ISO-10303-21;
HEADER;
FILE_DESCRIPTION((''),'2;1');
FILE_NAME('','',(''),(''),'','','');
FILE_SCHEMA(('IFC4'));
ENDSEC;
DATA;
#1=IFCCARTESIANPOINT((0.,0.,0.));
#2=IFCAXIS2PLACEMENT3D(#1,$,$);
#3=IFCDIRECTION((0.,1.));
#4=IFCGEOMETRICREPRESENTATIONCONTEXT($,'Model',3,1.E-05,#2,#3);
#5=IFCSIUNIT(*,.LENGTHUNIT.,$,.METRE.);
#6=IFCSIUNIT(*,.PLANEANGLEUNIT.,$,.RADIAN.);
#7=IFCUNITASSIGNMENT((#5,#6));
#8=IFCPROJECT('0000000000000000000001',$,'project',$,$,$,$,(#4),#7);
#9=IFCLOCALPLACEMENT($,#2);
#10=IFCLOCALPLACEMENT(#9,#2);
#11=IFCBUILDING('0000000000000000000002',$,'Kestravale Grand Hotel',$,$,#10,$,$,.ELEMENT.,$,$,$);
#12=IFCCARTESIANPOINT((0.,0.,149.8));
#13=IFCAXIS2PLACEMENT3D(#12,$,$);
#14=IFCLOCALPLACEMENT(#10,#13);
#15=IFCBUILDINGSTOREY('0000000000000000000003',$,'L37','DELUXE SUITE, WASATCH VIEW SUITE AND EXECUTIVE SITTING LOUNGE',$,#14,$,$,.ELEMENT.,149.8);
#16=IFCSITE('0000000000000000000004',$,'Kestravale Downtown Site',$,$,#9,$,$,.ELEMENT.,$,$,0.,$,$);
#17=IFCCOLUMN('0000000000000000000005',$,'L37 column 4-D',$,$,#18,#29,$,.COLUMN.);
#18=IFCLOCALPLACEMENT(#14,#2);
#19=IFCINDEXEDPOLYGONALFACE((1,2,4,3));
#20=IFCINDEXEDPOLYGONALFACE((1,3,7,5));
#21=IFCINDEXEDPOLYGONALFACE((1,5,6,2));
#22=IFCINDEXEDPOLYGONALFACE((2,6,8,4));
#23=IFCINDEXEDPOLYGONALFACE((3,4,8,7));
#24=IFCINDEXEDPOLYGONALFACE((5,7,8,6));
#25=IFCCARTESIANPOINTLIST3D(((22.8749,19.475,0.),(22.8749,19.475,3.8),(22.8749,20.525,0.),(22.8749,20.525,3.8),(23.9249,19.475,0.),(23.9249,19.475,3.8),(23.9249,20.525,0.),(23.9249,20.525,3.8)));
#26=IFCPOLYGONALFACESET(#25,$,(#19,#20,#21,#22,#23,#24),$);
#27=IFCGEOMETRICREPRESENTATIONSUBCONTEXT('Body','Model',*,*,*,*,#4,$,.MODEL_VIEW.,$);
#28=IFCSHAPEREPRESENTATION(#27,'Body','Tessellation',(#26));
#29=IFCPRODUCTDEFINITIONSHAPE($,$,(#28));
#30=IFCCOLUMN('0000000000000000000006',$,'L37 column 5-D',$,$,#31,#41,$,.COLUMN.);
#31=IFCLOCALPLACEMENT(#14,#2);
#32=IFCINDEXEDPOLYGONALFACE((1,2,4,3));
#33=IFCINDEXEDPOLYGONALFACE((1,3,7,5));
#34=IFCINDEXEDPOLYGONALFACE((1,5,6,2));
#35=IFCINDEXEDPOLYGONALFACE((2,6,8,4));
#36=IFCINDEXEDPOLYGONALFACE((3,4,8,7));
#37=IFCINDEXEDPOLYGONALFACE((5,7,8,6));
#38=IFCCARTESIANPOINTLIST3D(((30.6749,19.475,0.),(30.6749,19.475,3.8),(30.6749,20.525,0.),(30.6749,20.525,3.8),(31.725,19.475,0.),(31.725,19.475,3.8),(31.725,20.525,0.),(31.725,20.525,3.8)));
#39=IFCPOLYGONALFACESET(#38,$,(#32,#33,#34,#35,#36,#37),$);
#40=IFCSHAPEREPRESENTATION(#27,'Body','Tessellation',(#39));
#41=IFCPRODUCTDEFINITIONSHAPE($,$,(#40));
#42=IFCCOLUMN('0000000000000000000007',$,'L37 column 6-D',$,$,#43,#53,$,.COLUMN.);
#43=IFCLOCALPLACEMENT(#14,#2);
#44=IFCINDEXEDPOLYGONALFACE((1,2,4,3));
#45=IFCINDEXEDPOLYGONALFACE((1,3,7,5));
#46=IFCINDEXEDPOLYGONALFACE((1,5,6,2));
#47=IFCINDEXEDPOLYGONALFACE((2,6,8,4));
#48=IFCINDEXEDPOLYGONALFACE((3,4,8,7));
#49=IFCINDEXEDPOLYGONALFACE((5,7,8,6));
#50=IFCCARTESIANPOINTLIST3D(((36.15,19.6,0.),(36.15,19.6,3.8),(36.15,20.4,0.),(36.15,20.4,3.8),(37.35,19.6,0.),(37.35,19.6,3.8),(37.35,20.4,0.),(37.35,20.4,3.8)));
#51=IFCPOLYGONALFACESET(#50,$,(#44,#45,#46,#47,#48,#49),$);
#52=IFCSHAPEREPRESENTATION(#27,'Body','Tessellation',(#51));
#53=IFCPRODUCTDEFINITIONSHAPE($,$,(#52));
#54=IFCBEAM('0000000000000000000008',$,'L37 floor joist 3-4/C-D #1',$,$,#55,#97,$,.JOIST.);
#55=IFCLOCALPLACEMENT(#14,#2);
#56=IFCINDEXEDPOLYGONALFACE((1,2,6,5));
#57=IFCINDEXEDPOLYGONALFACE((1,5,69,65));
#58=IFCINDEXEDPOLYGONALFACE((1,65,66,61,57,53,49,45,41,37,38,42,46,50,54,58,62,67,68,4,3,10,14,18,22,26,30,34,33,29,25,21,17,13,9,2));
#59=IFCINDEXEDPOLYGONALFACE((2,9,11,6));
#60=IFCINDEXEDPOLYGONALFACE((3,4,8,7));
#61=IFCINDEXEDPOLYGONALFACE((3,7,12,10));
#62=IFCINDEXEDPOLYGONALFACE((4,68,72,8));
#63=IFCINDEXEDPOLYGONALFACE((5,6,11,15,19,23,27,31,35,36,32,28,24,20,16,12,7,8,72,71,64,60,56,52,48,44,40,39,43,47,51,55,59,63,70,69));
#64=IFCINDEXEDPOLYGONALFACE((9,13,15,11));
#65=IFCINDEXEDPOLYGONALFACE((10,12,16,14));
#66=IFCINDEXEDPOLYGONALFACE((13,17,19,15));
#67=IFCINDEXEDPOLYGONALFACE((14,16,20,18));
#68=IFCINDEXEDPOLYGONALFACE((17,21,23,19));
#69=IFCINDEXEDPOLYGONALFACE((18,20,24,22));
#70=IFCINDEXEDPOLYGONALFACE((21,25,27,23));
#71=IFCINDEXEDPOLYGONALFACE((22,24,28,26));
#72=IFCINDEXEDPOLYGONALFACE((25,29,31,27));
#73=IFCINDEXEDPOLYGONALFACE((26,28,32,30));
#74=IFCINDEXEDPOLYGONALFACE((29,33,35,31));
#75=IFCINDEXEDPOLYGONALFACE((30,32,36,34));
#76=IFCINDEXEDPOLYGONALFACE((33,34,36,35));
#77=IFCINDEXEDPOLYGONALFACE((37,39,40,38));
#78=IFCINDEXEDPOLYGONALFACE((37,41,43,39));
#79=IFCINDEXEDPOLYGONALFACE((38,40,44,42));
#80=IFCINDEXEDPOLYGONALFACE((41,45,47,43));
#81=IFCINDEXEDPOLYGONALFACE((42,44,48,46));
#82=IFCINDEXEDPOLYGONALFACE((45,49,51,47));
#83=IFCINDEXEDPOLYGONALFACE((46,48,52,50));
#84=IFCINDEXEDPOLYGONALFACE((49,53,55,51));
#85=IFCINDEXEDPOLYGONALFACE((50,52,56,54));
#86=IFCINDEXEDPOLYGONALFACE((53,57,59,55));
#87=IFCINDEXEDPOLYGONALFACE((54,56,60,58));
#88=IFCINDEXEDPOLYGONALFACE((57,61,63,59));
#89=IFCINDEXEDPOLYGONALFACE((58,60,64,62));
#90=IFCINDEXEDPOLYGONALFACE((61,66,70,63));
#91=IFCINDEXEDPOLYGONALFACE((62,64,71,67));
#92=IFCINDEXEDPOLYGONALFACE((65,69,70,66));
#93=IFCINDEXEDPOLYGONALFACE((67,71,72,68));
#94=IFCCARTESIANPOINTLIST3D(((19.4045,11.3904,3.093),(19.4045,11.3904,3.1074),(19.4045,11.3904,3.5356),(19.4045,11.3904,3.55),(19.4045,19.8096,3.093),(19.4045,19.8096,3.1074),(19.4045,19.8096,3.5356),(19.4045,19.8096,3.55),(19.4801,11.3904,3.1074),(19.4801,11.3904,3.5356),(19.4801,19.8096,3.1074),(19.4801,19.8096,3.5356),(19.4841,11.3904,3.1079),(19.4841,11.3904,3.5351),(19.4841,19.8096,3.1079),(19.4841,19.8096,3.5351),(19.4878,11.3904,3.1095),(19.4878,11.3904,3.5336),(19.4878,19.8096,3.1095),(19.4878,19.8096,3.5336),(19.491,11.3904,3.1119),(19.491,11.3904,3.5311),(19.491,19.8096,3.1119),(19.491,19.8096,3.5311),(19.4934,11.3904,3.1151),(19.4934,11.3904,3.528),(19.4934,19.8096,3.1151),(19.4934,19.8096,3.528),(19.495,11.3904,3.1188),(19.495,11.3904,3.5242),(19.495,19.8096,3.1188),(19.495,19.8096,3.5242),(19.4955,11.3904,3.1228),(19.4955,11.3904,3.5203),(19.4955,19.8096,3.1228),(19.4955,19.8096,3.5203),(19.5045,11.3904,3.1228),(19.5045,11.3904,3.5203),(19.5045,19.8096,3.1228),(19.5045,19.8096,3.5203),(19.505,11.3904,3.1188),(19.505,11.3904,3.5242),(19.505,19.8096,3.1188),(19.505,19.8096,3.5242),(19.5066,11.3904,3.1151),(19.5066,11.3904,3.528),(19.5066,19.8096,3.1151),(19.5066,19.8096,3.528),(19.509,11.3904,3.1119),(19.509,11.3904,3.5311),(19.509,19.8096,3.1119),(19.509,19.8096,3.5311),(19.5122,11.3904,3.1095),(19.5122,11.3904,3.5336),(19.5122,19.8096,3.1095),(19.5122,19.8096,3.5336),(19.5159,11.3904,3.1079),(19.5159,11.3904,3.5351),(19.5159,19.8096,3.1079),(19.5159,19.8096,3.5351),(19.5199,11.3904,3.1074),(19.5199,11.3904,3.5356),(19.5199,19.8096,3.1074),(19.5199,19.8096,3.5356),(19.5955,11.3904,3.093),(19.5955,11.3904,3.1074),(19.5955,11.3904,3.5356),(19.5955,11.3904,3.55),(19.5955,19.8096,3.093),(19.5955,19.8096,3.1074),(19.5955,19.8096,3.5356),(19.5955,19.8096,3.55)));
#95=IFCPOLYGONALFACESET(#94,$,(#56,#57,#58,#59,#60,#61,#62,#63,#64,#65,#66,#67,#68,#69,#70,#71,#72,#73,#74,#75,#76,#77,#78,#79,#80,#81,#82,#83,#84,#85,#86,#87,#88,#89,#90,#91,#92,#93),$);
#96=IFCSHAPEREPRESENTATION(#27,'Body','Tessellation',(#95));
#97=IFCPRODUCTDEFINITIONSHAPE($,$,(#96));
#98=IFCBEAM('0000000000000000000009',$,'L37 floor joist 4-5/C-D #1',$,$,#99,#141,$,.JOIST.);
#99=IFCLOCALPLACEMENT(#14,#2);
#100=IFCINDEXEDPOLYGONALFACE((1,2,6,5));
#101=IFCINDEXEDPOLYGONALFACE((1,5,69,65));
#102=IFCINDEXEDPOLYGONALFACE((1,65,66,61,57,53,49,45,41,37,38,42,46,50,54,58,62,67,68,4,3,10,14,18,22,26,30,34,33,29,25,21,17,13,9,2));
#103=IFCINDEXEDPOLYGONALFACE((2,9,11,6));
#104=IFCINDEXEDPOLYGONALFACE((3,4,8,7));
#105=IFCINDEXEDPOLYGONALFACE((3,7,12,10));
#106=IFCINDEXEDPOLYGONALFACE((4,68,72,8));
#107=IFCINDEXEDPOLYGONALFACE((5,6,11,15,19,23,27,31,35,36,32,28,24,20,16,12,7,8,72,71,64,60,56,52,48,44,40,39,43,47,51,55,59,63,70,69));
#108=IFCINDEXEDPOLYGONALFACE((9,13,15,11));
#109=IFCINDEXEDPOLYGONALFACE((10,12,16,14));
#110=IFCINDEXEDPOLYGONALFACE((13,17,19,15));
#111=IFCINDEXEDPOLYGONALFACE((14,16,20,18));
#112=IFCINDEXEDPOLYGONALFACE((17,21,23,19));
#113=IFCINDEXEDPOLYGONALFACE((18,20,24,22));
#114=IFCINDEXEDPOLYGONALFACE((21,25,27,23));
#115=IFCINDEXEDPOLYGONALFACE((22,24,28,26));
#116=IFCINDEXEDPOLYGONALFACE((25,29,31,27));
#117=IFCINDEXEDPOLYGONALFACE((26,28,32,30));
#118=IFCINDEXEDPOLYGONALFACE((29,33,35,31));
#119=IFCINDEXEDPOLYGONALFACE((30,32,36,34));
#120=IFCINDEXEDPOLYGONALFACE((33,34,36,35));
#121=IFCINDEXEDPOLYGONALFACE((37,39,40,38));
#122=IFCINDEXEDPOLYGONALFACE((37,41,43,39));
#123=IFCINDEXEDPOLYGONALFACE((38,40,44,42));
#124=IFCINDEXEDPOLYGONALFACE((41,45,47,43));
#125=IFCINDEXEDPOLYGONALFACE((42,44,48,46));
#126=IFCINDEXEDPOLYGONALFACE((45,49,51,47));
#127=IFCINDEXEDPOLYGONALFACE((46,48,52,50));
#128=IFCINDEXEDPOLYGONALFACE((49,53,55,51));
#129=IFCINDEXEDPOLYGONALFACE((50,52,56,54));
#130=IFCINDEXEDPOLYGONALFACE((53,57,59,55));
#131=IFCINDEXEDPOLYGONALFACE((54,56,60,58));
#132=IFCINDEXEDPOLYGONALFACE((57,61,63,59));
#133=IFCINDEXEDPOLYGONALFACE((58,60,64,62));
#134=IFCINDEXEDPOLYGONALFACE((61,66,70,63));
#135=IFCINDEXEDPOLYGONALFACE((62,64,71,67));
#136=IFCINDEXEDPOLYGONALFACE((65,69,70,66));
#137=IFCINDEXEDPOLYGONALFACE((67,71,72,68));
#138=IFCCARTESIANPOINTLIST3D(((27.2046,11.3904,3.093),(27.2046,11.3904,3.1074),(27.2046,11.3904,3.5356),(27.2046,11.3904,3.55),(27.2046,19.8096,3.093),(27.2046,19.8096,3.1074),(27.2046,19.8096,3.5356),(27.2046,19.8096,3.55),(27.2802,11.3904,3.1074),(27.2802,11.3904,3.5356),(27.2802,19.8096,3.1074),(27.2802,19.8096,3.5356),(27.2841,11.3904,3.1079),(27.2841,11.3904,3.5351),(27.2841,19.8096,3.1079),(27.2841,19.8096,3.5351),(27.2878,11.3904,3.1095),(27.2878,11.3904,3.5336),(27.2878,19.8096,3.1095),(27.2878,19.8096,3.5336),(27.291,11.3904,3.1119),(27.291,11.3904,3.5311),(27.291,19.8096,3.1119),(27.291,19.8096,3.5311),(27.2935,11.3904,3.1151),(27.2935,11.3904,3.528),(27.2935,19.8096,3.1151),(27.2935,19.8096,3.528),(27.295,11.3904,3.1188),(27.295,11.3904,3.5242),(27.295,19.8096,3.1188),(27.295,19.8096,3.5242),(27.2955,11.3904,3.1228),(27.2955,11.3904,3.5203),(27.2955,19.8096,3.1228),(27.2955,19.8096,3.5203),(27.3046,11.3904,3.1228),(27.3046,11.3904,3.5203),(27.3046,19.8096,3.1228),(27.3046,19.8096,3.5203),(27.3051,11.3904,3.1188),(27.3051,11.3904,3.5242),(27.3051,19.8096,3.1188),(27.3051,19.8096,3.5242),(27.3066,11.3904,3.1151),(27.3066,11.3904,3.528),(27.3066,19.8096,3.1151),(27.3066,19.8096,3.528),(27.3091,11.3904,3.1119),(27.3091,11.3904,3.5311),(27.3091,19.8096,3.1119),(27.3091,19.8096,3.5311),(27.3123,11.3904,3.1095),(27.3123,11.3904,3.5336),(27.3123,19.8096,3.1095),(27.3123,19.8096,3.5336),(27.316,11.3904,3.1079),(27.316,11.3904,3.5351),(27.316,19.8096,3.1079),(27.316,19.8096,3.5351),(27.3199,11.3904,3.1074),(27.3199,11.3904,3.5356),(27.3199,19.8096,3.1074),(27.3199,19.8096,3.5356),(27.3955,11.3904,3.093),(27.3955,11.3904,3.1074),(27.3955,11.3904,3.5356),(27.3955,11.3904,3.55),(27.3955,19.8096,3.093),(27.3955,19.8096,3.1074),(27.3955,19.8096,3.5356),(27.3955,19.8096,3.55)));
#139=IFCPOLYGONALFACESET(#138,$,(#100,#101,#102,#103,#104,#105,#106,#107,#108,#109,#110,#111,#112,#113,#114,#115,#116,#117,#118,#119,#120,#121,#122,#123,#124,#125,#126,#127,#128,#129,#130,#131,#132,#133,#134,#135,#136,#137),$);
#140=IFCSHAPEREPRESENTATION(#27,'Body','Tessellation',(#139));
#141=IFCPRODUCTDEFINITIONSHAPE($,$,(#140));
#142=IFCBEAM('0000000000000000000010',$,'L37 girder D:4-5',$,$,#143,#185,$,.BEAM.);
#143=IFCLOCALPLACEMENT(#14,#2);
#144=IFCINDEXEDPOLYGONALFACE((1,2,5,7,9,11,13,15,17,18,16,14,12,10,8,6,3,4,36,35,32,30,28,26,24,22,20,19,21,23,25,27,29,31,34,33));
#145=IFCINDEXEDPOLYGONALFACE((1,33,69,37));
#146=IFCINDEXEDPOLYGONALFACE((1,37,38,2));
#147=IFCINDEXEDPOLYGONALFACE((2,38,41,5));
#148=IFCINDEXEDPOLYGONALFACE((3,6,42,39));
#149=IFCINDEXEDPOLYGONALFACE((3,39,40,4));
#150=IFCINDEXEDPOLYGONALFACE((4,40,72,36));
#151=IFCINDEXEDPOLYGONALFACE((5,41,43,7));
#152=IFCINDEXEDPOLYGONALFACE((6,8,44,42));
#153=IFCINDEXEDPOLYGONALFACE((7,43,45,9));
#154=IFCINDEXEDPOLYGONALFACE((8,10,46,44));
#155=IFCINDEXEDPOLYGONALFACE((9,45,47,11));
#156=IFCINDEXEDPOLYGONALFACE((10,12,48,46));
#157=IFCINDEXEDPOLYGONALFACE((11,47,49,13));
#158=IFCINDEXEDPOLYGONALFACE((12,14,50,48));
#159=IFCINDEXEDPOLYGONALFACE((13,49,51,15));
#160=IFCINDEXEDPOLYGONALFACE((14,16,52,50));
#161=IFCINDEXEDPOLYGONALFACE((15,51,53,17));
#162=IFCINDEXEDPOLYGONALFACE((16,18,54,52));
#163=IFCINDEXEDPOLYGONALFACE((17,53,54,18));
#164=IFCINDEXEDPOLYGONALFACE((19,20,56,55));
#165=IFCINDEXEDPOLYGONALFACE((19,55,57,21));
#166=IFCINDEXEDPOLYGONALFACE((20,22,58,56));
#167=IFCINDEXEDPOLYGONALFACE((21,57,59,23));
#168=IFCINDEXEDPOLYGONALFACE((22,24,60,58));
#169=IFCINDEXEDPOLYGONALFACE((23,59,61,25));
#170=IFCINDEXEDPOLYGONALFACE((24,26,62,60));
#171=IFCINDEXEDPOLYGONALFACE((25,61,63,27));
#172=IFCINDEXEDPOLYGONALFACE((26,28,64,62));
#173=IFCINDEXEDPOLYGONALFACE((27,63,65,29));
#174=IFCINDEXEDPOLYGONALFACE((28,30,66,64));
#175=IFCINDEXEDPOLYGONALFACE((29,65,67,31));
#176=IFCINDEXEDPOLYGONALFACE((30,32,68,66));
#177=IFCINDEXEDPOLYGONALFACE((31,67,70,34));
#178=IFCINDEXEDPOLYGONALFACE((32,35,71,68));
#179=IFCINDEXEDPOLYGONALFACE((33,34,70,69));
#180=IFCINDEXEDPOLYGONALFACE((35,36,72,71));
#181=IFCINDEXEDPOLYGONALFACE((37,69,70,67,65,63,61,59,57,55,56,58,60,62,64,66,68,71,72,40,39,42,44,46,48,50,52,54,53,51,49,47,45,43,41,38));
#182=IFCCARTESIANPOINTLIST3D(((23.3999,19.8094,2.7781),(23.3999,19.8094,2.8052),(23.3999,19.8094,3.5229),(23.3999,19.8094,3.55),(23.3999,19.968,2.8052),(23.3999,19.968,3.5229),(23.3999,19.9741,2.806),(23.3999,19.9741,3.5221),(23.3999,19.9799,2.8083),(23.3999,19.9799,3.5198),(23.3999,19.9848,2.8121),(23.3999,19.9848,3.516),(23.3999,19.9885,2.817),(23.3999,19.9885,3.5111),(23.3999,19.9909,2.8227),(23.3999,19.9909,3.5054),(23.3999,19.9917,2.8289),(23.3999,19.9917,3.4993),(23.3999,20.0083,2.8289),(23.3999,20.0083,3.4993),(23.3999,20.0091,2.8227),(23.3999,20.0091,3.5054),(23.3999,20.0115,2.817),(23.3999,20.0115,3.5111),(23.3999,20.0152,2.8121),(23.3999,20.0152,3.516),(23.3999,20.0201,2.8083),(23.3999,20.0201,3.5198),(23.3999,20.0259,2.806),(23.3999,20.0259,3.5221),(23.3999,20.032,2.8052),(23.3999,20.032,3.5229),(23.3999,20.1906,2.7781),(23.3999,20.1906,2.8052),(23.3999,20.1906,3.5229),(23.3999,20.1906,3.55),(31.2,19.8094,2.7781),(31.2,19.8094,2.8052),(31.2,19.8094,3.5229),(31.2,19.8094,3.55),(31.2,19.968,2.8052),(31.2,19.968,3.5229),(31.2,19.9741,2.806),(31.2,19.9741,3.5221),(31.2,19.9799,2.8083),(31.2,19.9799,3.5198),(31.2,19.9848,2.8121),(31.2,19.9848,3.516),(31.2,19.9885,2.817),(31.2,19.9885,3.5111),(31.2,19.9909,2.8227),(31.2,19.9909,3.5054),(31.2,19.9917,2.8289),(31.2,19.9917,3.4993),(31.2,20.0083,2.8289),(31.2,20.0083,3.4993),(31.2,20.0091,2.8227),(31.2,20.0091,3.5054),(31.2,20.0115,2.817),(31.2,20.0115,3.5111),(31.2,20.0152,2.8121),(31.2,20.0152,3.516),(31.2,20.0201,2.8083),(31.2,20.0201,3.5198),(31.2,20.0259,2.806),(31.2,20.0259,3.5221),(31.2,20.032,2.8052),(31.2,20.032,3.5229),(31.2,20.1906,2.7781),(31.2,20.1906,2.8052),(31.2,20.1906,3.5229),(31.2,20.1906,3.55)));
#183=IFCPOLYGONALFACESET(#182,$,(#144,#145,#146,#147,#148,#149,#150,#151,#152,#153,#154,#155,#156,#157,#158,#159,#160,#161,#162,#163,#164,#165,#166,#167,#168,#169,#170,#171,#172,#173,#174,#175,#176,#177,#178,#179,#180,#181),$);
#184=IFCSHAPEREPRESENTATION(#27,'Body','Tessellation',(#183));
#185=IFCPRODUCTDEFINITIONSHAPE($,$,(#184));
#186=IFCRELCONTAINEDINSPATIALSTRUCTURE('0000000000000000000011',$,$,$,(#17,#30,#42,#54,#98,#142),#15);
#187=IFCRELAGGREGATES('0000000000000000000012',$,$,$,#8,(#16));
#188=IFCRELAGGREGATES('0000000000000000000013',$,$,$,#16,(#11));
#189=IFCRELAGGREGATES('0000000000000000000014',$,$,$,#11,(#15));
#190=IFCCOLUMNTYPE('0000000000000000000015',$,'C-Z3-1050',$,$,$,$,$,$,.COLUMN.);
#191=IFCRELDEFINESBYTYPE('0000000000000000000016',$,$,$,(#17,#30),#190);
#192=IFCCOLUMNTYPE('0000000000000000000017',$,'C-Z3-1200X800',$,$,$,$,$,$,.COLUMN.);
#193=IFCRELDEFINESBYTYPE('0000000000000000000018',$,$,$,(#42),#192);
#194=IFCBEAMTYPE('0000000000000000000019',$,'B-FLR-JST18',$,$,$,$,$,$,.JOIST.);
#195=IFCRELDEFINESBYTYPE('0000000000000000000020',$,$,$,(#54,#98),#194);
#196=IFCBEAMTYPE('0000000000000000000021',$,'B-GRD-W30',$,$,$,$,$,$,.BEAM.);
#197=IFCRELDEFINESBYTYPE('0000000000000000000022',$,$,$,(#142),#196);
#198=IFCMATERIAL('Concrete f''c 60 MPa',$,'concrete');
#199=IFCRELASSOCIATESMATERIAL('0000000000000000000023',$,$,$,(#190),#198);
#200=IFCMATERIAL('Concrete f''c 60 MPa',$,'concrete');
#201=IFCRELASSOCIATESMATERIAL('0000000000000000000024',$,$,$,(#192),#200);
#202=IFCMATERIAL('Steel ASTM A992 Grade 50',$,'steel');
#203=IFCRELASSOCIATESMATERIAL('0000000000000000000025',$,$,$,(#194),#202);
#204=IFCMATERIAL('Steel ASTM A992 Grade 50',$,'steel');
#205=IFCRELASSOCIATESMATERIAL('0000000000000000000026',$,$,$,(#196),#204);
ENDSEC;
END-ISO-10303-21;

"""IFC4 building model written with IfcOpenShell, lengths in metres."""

from ifc_helpers import new_model, si_unit, direction, frame, origin, origin_2d, place, context, subcontext, project, spatial, rectangle, i_section, extrude, material, material_profile, profile_set, type_object, element, save


model = new_model("IFC4")

# Units and contexts
model_context = context("Model", 3, precision=1e-05, world=origin(), true_north=direction((0.0, 1.0)))
body_context = subcontext(model_context, "Body", "Model", "MODEL_VIEW")
ifc_project = project(units=[si_unit("LENGTHUNIT", "METRE"), si_unit("PLANEANGLEUNIT", "RADIAN")], contexts=[model_context])

# Site, building, storey
site_placement = place(None, origin())
site = spatial("IfcSite", under=ifc_project, at=site_placement, Name="Kestravale Downtown Site", CompositionType="ELEMENT", RefElevation=0.0)
building_placement = place(site_placement, origin())
building = spatial("IfcBuilding", under=site, at=building_placement, Name="Kestravale Grand Hotel", CompositionType="ELEMENT")
storey_placement = place(building_placement, frame((0.0, 0.0, 149.8)))
storey = spatial("IfcBuildingStorey", under=building, at=storey_placement, Name="L37", Description="DELUXE SUITE, WASATCH VIEW SUITE AND EXECUTIVE SITTING LOUNGE", CompositionType="ELEMENT", Elevation=149.8)

# Columns
ifc_material_1 = material(Name="Concrete f'c 60 MPa", Category="concrete")
ifc_material_profile_1 = material_profile(ifc_material_1, rectangle(XDim=1.05, YDim=1.05, at=origin_2d()))
ifc_profile_set_1 = profile_set([ifc_material_profile_1], Name="Concrete f'c 60 MPa")
column_type_1 = type_object("IfcColumnType", Name="C-Z3-1050", PredefinedType="COLUMN", material=ifc_profile_set_1)
for number, where, z_axis, x_axis, name in (
    (1, (23.3999, 20.0, 0.0), (0.0, 0.0, 1.0), (1.0, 0.0, 0.0), "L37 column 4-D"),
    (2, (31.2, 20.0, 0.0), (0.0, 0.0, 1.0), (1.0, 0.0, 0.0), "L37 column 5-D"),
):
    element("IfcColumn", number, at=place(storey_placement, frame(where, z_axis=z_axis, x_axis=x_axis)), inside=storey, type_object=column_type_1, Name=name, PredefinedType="COLUMN", context=body_context, shape_type="SweptSolid", body=[
        extrude(rectangle(XDim=1.05, YDim=1.05, at=origin_2d()), origin(), (0.0, 0.0, 1.0), 3.8),
    ])
ifc_material_2 = material(Name="Concrete f'c 60 MPa", Category="concrete")
ifc_material_profile_2 = material_profile(ifc_material_2, rectangle(XDim=1.2, YDim=0.8, at=origin_2d()))
ifc_profile_set_2 = profile_set([ifc_material_profile_2], Name="Concrete f'c 60 MPa")
column_type_2 = type_object("IfcColumnType", Name="C-Z3-1200X800", PredefinedType="COLUMN", material=ifc_profile_set_2)
column_placement = place(storey_placement, frame((36.75, 20.0, 0.0), z_axis=(0.0, 0.0, 1.0), x_axis=(1.0, 0.0, 0.0)))
element("IfcColumn", 3, at=column_placement, inside=storey, type_object=column_type_2, Name="L37 column 6-D", PredefinedType="COLUMN", context=body_context, shape_type="SweptSolid", body=[
    extrude(rectangle(XDim=1.2, YDim=0.8, at=origin_2d()), origin(), (0.0, 0.0, 1.0), 3.8),
])

# Beams
ifc_material_3 = material(Name="Steel ASTM A992 Grade 50", Category="steel")
ifc_material_profile_3 = material_profile(ifc_material_3, i_section(OverallWidth=0.1909, OverallDepth=0.457, WebThickness=0.009, FlangeThickness=0.0144, FilletRadius=0.0154, at=origin_2d()))
ifc_profile_set_3 = profile_set([ifc_material_profile_3], Name="Steel ASTM A992 Grade 50")
beam_type_1 = type_object("IfcBeamType", Name="B-FLR-JST18", PredefinedType="JOIST", material=ifc_profile_set_3)
for number, where, z_axis, x_axis, name in (
    (4, (19.5, 11.3904, 3.3215), (0.0, 1.0, 0.0), (-1.0, 0.0, 0.0), "L37 floor joist 3-4/C-D #1"),
    (5, (27.3, 11.3904, 3.3215), (0.0, 1.0, 0.0), (-1.0, 0.0, 0.0), "L37 floor joist 4-5/C-D #1"),
):
    element("IfcBeam", number, at=place(storey_placement, frame(where, z_axis=z_axis, x_axis=x_axis)), inside=storey, type_object=beam_type_1, Name=name, PredefinedType="JOIST", context=body_context, shape_type="SweptSolid", body=[
        extrude(i_section(OverallWidth=0.1909, OverallDepth=0.457, WebThickness=0.009, FlangeThickness=0.0144, FilletRadius=0.0154, at=origin_2d()), origin(), (0.0, 0.0, 1.0), 8.4192),
    ])
ifc_material_4 = material(Name="Steel ASTM A992 Grade 50", Category="steel")
ifc_material_profile_4 = material_profile(ifc_material_4, i_section(OverallWidth=0.3811, OverallDepth=0.772, WebThickness=0.0166, FlangeThickness=0.0271, FilletRadius=0.0237, at=origin_2d()))
ifc_profile_set_4 = profile_set([ifc_material_profile_4], Name="Steel ASTM A992 Grade 50")
beam_type_2 = type_object("IfcBeamType", Name="B-GRD-W30", PredefinedType="BEAM", material=ifc_profile_set_4)
beam_1_placement = place(storey_placement, frame((23.3999, 20.0, 3.1641), z_axis=(1.0, 0.0, 0.0), x_axis=(0.0, 1.0, 0.0)))
element("IfcBeam", 6, at=beam_1_placement, inside=storey, type_object=beam_type_2, Name="L37 girder D:4-5", PredefinedType="BEAM", context=body_context, shape_type="SweptSolid", body=[
    extrude(i_section(OverallWidth=0.3811, OverallDepth=0.772, WebThickness=0.0166, FlangeThickness=0.0271, FilletRadius=0.0237, at=origin_2d()), origin(), (0.0, 0.0, 1.0), 7.8),
])

save(model, "model.ifc")
